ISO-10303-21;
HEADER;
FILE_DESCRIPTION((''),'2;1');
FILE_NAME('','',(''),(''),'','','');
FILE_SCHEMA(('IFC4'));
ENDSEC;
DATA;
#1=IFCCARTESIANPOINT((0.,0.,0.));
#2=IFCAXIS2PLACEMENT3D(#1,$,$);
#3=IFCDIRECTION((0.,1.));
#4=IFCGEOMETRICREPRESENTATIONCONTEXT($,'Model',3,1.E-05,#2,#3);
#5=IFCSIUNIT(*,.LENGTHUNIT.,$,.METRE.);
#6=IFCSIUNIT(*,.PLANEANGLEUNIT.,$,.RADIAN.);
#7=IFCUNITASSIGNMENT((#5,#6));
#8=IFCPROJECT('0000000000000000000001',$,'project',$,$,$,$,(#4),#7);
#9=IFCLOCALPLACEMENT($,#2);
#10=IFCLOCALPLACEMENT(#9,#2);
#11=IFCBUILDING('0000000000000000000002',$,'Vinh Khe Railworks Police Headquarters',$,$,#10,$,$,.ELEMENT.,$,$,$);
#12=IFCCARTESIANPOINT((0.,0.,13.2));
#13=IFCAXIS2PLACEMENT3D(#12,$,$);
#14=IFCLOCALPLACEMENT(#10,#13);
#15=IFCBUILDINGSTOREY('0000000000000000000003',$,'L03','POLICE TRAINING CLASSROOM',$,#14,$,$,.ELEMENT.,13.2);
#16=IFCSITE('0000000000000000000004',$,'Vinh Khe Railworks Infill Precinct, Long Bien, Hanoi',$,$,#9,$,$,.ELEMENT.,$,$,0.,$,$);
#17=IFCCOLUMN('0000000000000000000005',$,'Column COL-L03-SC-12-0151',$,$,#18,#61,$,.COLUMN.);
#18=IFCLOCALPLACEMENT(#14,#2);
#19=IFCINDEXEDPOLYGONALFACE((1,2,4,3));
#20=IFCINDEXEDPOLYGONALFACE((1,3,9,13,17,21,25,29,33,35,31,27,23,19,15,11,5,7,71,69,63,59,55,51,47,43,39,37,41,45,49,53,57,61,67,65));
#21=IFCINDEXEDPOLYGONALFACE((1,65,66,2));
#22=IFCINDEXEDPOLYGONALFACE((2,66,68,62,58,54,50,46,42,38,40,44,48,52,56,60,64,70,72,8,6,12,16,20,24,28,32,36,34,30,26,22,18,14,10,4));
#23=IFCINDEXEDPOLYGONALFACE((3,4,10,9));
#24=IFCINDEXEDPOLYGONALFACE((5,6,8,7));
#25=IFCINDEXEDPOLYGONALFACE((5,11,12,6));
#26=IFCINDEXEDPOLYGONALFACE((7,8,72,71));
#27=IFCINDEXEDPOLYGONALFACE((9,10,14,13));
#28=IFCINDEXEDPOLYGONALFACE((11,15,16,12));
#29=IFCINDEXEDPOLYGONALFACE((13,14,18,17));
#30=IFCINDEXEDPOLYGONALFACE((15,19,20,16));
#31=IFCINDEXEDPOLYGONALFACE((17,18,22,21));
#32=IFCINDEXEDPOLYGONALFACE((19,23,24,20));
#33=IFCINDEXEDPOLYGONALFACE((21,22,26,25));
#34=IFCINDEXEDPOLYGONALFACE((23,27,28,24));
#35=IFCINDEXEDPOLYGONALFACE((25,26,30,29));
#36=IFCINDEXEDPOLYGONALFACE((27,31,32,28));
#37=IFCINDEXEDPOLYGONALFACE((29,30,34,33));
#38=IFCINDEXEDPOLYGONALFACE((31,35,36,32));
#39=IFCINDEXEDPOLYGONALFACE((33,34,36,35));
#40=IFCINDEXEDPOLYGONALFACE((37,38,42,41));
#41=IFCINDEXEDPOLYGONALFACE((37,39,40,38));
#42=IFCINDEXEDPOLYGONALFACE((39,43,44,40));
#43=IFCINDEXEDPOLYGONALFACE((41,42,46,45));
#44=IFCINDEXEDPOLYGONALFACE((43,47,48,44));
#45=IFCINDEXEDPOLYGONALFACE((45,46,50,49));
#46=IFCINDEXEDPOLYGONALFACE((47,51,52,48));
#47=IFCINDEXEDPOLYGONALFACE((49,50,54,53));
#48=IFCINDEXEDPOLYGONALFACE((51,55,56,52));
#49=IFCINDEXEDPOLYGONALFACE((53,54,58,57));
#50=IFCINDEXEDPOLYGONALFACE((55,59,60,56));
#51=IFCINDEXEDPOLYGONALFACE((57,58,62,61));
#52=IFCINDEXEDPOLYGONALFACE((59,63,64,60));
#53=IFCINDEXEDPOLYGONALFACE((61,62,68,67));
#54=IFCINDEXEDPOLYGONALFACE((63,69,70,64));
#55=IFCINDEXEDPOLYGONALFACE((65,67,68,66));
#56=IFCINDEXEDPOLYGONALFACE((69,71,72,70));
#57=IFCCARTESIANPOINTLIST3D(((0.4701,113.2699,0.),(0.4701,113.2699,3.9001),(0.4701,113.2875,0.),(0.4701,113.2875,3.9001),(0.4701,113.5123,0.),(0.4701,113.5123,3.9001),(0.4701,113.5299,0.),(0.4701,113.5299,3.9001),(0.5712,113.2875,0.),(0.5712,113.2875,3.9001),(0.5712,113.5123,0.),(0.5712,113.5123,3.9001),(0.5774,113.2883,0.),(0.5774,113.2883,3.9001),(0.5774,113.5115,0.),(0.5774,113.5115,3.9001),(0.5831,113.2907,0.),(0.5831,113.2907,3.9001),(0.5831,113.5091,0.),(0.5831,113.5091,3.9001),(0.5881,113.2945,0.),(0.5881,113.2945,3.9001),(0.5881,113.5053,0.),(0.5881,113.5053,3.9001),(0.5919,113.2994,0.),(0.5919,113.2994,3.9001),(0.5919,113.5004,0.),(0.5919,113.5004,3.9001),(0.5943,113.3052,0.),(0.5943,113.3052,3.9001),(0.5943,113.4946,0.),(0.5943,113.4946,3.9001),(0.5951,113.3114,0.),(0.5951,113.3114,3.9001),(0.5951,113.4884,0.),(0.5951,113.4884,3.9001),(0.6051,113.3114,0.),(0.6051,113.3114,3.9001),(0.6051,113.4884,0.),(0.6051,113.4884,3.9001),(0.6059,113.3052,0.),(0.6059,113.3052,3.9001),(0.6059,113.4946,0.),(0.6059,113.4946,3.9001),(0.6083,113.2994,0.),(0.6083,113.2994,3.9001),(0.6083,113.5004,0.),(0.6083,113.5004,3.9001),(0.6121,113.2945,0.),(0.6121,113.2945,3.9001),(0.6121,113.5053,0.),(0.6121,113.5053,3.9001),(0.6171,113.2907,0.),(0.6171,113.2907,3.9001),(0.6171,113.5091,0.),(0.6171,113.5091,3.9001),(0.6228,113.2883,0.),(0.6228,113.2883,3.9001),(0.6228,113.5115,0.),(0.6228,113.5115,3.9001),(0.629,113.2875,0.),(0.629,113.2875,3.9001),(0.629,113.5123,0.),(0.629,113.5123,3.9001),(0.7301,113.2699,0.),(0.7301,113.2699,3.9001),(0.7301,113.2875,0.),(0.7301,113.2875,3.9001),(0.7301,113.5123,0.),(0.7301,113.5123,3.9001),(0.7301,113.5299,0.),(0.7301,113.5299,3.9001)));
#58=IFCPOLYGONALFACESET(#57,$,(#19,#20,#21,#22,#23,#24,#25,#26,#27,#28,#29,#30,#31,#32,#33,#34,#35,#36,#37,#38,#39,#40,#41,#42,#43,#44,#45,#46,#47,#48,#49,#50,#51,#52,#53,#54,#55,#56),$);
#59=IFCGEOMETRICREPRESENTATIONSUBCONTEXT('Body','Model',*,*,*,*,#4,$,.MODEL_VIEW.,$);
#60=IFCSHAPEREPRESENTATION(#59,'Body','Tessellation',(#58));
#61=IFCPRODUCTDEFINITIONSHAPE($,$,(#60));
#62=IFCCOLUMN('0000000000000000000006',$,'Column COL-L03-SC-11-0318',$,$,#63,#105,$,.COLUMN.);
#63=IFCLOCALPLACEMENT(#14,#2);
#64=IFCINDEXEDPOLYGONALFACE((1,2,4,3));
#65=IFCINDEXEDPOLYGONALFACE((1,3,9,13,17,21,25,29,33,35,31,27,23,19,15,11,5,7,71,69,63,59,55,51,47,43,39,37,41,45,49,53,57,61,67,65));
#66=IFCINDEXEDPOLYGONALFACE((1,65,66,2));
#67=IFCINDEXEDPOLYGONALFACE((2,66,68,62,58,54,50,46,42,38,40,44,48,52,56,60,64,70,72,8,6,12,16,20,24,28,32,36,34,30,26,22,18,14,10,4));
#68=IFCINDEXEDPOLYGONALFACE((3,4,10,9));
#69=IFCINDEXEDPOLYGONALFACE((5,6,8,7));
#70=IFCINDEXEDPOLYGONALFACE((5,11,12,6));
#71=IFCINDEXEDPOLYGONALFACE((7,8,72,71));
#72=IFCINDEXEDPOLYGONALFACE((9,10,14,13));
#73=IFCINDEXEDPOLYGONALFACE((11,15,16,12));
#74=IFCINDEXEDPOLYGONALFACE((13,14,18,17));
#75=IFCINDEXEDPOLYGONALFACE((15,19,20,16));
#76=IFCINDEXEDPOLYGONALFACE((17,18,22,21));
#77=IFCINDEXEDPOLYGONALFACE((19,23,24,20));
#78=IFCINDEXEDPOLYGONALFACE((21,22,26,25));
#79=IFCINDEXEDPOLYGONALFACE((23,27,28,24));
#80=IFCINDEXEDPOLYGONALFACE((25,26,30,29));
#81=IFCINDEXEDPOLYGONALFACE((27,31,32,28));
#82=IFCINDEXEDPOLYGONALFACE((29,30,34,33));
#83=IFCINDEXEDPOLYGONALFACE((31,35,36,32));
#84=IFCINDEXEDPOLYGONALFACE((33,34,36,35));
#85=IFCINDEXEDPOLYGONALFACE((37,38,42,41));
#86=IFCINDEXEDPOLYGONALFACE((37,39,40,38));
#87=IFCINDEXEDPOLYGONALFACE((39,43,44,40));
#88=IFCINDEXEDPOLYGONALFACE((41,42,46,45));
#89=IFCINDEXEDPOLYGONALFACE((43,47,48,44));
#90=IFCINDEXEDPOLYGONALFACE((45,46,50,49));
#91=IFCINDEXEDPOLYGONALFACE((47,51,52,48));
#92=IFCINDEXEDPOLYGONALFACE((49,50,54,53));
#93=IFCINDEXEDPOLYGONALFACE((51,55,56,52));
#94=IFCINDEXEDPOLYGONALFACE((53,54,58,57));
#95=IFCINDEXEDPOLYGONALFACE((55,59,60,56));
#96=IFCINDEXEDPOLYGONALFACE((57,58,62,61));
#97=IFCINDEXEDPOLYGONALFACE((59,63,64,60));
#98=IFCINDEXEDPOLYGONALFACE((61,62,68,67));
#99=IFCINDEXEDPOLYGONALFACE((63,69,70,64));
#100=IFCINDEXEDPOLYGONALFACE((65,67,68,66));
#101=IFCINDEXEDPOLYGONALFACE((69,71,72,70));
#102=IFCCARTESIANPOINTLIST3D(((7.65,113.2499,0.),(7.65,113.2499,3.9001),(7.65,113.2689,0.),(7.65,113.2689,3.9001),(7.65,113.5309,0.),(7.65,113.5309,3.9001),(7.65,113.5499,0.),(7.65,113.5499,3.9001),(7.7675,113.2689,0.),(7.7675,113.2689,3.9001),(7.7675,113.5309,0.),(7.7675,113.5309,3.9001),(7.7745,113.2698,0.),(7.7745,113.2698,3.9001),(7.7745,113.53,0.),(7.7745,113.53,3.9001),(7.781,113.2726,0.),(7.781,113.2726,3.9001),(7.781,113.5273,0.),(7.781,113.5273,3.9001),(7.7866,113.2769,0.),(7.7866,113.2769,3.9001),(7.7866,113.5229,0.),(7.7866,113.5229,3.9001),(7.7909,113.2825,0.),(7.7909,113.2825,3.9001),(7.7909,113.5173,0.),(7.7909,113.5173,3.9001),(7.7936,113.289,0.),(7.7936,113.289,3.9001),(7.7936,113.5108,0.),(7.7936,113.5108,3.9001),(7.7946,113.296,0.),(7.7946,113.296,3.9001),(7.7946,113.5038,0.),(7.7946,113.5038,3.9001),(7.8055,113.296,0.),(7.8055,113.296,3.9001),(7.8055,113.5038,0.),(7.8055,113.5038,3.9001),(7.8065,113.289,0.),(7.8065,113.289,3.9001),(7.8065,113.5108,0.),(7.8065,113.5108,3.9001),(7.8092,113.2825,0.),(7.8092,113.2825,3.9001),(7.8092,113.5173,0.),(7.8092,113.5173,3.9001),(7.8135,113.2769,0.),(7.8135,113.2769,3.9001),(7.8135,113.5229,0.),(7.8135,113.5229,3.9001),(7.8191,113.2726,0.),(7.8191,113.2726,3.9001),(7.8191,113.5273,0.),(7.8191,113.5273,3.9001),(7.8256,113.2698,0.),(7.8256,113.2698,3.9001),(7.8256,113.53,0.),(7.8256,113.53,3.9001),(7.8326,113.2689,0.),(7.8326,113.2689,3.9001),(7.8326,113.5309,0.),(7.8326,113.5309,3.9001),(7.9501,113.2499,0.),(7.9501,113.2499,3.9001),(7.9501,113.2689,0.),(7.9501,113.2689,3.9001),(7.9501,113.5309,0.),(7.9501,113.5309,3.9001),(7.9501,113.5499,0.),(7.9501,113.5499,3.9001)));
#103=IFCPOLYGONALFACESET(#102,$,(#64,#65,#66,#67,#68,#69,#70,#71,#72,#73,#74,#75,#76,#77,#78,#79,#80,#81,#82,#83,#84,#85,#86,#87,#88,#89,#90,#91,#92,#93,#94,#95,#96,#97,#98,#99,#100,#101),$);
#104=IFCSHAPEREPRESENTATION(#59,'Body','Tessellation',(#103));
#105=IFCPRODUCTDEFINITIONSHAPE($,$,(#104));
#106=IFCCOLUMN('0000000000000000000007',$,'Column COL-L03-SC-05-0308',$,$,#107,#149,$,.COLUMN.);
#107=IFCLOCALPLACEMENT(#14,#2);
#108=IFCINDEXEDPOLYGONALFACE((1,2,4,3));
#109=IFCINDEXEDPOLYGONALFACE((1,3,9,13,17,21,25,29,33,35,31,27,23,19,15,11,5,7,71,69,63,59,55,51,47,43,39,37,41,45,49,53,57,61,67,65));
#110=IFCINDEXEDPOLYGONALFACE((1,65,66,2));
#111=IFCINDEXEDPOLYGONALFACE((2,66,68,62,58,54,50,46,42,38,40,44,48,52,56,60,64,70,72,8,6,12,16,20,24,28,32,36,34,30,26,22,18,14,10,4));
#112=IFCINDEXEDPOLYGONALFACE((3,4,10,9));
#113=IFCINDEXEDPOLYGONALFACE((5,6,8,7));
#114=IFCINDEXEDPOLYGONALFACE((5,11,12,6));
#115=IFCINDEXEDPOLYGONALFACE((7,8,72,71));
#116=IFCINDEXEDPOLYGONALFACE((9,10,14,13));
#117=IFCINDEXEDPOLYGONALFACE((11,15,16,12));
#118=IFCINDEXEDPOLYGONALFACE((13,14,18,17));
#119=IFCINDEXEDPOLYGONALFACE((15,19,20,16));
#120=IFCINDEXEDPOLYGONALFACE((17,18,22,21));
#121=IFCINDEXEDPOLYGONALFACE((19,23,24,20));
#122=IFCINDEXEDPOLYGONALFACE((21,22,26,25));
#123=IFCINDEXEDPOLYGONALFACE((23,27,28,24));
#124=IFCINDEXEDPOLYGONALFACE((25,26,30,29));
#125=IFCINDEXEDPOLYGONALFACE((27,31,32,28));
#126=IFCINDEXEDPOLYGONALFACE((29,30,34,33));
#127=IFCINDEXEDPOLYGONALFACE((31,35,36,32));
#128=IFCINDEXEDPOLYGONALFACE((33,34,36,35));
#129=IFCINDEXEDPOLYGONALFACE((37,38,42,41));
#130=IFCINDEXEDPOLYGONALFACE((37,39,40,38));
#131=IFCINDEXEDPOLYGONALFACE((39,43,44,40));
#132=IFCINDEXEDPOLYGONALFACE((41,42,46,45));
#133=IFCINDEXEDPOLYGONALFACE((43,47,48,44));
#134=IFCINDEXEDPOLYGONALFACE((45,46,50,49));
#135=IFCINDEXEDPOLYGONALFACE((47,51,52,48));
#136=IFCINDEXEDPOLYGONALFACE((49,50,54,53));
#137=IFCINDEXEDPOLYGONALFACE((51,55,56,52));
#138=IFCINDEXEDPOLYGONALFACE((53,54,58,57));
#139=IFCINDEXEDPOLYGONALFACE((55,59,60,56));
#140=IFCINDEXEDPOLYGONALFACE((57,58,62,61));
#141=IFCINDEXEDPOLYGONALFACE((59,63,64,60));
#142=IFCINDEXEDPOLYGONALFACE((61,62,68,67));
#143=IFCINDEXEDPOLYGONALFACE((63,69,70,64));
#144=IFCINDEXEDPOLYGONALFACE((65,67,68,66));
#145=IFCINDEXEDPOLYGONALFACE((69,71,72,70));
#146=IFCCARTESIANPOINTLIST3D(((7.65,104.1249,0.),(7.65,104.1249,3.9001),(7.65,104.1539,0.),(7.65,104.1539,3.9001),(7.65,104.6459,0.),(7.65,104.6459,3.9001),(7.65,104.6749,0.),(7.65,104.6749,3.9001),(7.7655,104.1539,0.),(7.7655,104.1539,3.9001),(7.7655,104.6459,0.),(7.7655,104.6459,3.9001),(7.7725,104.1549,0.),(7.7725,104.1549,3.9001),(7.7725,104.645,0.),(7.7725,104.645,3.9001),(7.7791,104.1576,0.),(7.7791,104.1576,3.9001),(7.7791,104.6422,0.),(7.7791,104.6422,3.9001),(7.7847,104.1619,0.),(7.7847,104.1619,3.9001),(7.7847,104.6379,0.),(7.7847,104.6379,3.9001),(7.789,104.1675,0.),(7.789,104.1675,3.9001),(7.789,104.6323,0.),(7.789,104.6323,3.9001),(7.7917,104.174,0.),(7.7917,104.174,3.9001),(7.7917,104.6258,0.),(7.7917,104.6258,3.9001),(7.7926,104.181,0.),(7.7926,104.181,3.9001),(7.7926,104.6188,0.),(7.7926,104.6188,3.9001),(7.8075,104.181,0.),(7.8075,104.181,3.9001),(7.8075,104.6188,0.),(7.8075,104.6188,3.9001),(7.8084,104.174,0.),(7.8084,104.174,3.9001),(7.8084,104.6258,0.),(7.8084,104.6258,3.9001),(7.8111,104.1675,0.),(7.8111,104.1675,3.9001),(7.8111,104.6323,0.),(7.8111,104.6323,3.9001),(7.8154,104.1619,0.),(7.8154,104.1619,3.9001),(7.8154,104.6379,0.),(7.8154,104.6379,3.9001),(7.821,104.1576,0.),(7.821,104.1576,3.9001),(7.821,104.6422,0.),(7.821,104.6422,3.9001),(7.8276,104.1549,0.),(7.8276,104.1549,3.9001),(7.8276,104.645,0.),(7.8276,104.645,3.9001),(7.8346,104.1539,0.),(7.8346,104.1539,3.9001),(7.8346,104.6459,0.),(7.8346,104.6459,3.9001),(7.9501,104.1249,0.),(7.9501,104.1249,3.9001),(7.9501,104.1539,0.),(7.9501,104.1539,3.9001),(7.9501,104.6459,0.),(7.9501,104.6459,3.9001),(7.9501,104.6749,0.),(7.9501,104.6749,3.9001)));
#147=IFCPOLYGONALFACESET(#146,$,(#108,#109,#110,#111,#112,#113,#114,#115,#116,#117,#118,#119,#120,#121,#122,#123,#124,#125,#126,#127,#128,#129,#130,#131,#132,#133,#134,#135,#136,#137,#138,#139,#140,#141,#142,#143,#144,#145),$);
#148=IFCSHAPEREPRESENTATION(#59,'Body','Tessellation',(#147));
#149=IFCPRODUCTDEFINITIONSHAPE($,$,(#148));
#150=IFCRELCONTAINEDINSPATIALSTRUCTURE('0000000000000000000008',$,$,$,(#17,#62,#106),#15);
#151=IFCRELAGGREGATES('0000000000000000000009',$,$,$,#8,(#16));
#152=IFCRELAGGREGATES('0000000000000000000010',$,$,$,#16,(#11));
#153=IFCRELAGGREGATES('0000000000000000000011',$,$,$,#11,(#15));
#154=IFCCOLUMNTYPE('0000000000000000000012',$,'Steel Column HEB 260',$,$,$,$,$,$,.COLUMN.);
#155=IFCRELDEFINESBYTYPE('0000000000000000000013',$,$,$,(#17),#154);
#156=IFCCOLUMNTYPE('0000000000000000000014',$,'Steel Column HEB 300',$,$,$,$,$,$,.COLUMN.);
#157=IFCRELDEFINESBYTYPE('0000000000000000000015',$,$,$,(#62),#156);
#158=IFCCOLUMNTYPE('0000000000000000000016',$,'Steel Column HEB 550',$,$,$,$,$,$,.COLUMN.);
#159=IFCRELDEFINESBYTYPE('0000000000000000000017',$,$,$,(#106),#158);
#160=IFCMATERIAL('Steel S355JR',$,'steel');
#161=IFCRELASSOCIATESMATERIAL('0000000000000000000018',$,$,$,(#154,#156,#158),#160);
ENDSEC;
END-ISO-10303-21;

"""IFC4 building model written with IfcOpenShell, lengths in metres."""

from ifc_helpers import new_model, si_unit, direction, frame, origin, origin_2d, place, context, subcontext, project, spatial, i_section, extrude, material, material_profile, profile_set, type_object, element, save


model = new_model("IFC4")

# Units and contexts
model_context = context("Model", 3, precision=1e-05, world=origin(), true_north=direction((0.0, 1.0)))
body_context = subcontext(model_context, "Body", "Model", "MODEL_VIEW")
ifc_project = project(units=[si_unit("LENGTHUNIT", "METRE"), si_unit("PLANEANGLEUNIT", "RADIAN")], contexts=[model_context])

# Site, building, storey
site_placement = place(None, origin())
site = spatial("IfcSite", under=ifc_project, at=site_placement, Name="Vinh Khe Railworks Infill Precinct, Long Bien, Hanoi", CompositionType="ELEMENT", RefElevation=0.0)
building_placement = place(site_placement, origin())
building = spatial("IfcBuilding", under=site, at=building_placement, Name="Vinh Khe Railworks Police Headquarters", CompositionType="ELEMENT")
storey_placement = place(building_placement, frame((0.0, 0.0, 13.2)))
storey = spatial("IfcBuildingStorey", under=building, at=storey_placement, Name="L03", Description="POLICE TRAINING CLASSROOM", CompositionType="ELEMENT", Elevation=13.2)

# Columns
ifc_material_1 = material(Name="Steel S355JR", Category="steel")
ifc_material_profile_1 = material_profile(ifc_material_1, i_section(OverallWidth=0.26, OverallDepth=0.26, WebThickness=0.01, FlangeThickness=0.0176, FilletRadius=0.0239, at=origin_2d()), Name="HEB 260")
ifc_profile_set_1 = profile_set([ifc_material_profile_1], Name="Steel S355JR")
column_type_1 = type_object("IfcColumnType", Name="Steel Column HEB 260", PredefinedType="COLUMN", material=ifc_profile_set_1)
column_1_placement = place(storey_placement, frame((0.6001, 113.3999, 0.0), z_axis=(0.0, 0.0, 1.0), x_axis=(1.0, 0.0, 0.0)))
element("IfcColumn", 1, at=column_1_placement, inside=storey, type_object=column_type_1, Name="Column COL-L03-SC-12-0151", PredefinedType="COLUMN", context=body_context, shape_type="SweptSolid", body=[
    extrude(i_section(OverallWidth=0.26, OverallDepth=0.26, WebThickness=0.01, FlangeThickness=0.0176, FilletRadius=0.0239, at=origin_2d()), origin(), (0.0, 0.0, 1.0), 3.9001),
])
ifc_material_profile_2 = material_profile(ifc_material_1, i_section(OverallWidth=0.3, OverallDepth=0.3, WebThickness=0.011, FlangeThickness=0.019, FilletRadius=0.0271, at=origin_2d()), Name="HEB 300")
ifc_profile_set_2 = profile_set([ifc_material_profile_2], Name="Steel S355JR")
column_type_2 = type_object("IfcColumnType", Name="Steel Column HEB 300", PredefinedType="COLUMN", material=ifc_profile_set_2)
column_2_placement = place(storey_placement, frame((7.8, 113.3999, 0.0), z_axis=(0.0, 0.0, 1.0), x_axis=(1.0, 0.0, 0.0)))
element("IfcColumn", 2, at=column_2_placement, inside=storey, type_object=column_type_2, Name="Column COL-L03-SC-11-0318", PredefinedType="COLUMN", context=body_context, shape_type="SweptSolid", body=[
    extrude(i_section(OverallWidth=0.3, OverallDepth=0.3, WebThickness=0.011, FlangeThickness=0.019, FilletRadius=0.0271, at=origin_2d()), origin(), (0.0, 0.0, 1.0), 3.9001),
])
ifc_material_profile_3 = material_profile(ifc_material_1, i_section(OverallWidth=0.3, OverallDepth=0.55, WebThickness=0.0149, FlangeThickness=0.0291, FilletRadius=0.0271, at=origin_2d()), Name="HEB 550")
ifc_profile_set_3 = profile_set([ifc_material_profile_3], Name="Steel S355JR")
column_type_3 = type_object("IfcColumnType", Name="Steel Column HEB 550", PredefinedType="COLUMN", material=ifc_profile_set_3)
column_3_placement = place(storey_placement, frame((7.8, 104.3999, 0.0), z_axis=(0.0, 0.0, 1.0), x_axis=(1.0, 0.0, 0.0)))
element("IfcColumn", 3, at=column_3_placement, inside=storey, type_object=column_type_3, Name="Column COL-L03-SC-05-0308", PredefinedType="COLUMN", context=body_context, shape_type="SweptSolid", body=[
    extrude(i_section(OverallWidth=0.3, OverallDepth=0.55, WebThickness=0.0149, FlangeThickness=0.0291, FilletRadius=0.0271, at=origin_2d()), origin(), (0.0, 0.0, 1.0), 3.9001),
])

save(model, "model.ifc")
